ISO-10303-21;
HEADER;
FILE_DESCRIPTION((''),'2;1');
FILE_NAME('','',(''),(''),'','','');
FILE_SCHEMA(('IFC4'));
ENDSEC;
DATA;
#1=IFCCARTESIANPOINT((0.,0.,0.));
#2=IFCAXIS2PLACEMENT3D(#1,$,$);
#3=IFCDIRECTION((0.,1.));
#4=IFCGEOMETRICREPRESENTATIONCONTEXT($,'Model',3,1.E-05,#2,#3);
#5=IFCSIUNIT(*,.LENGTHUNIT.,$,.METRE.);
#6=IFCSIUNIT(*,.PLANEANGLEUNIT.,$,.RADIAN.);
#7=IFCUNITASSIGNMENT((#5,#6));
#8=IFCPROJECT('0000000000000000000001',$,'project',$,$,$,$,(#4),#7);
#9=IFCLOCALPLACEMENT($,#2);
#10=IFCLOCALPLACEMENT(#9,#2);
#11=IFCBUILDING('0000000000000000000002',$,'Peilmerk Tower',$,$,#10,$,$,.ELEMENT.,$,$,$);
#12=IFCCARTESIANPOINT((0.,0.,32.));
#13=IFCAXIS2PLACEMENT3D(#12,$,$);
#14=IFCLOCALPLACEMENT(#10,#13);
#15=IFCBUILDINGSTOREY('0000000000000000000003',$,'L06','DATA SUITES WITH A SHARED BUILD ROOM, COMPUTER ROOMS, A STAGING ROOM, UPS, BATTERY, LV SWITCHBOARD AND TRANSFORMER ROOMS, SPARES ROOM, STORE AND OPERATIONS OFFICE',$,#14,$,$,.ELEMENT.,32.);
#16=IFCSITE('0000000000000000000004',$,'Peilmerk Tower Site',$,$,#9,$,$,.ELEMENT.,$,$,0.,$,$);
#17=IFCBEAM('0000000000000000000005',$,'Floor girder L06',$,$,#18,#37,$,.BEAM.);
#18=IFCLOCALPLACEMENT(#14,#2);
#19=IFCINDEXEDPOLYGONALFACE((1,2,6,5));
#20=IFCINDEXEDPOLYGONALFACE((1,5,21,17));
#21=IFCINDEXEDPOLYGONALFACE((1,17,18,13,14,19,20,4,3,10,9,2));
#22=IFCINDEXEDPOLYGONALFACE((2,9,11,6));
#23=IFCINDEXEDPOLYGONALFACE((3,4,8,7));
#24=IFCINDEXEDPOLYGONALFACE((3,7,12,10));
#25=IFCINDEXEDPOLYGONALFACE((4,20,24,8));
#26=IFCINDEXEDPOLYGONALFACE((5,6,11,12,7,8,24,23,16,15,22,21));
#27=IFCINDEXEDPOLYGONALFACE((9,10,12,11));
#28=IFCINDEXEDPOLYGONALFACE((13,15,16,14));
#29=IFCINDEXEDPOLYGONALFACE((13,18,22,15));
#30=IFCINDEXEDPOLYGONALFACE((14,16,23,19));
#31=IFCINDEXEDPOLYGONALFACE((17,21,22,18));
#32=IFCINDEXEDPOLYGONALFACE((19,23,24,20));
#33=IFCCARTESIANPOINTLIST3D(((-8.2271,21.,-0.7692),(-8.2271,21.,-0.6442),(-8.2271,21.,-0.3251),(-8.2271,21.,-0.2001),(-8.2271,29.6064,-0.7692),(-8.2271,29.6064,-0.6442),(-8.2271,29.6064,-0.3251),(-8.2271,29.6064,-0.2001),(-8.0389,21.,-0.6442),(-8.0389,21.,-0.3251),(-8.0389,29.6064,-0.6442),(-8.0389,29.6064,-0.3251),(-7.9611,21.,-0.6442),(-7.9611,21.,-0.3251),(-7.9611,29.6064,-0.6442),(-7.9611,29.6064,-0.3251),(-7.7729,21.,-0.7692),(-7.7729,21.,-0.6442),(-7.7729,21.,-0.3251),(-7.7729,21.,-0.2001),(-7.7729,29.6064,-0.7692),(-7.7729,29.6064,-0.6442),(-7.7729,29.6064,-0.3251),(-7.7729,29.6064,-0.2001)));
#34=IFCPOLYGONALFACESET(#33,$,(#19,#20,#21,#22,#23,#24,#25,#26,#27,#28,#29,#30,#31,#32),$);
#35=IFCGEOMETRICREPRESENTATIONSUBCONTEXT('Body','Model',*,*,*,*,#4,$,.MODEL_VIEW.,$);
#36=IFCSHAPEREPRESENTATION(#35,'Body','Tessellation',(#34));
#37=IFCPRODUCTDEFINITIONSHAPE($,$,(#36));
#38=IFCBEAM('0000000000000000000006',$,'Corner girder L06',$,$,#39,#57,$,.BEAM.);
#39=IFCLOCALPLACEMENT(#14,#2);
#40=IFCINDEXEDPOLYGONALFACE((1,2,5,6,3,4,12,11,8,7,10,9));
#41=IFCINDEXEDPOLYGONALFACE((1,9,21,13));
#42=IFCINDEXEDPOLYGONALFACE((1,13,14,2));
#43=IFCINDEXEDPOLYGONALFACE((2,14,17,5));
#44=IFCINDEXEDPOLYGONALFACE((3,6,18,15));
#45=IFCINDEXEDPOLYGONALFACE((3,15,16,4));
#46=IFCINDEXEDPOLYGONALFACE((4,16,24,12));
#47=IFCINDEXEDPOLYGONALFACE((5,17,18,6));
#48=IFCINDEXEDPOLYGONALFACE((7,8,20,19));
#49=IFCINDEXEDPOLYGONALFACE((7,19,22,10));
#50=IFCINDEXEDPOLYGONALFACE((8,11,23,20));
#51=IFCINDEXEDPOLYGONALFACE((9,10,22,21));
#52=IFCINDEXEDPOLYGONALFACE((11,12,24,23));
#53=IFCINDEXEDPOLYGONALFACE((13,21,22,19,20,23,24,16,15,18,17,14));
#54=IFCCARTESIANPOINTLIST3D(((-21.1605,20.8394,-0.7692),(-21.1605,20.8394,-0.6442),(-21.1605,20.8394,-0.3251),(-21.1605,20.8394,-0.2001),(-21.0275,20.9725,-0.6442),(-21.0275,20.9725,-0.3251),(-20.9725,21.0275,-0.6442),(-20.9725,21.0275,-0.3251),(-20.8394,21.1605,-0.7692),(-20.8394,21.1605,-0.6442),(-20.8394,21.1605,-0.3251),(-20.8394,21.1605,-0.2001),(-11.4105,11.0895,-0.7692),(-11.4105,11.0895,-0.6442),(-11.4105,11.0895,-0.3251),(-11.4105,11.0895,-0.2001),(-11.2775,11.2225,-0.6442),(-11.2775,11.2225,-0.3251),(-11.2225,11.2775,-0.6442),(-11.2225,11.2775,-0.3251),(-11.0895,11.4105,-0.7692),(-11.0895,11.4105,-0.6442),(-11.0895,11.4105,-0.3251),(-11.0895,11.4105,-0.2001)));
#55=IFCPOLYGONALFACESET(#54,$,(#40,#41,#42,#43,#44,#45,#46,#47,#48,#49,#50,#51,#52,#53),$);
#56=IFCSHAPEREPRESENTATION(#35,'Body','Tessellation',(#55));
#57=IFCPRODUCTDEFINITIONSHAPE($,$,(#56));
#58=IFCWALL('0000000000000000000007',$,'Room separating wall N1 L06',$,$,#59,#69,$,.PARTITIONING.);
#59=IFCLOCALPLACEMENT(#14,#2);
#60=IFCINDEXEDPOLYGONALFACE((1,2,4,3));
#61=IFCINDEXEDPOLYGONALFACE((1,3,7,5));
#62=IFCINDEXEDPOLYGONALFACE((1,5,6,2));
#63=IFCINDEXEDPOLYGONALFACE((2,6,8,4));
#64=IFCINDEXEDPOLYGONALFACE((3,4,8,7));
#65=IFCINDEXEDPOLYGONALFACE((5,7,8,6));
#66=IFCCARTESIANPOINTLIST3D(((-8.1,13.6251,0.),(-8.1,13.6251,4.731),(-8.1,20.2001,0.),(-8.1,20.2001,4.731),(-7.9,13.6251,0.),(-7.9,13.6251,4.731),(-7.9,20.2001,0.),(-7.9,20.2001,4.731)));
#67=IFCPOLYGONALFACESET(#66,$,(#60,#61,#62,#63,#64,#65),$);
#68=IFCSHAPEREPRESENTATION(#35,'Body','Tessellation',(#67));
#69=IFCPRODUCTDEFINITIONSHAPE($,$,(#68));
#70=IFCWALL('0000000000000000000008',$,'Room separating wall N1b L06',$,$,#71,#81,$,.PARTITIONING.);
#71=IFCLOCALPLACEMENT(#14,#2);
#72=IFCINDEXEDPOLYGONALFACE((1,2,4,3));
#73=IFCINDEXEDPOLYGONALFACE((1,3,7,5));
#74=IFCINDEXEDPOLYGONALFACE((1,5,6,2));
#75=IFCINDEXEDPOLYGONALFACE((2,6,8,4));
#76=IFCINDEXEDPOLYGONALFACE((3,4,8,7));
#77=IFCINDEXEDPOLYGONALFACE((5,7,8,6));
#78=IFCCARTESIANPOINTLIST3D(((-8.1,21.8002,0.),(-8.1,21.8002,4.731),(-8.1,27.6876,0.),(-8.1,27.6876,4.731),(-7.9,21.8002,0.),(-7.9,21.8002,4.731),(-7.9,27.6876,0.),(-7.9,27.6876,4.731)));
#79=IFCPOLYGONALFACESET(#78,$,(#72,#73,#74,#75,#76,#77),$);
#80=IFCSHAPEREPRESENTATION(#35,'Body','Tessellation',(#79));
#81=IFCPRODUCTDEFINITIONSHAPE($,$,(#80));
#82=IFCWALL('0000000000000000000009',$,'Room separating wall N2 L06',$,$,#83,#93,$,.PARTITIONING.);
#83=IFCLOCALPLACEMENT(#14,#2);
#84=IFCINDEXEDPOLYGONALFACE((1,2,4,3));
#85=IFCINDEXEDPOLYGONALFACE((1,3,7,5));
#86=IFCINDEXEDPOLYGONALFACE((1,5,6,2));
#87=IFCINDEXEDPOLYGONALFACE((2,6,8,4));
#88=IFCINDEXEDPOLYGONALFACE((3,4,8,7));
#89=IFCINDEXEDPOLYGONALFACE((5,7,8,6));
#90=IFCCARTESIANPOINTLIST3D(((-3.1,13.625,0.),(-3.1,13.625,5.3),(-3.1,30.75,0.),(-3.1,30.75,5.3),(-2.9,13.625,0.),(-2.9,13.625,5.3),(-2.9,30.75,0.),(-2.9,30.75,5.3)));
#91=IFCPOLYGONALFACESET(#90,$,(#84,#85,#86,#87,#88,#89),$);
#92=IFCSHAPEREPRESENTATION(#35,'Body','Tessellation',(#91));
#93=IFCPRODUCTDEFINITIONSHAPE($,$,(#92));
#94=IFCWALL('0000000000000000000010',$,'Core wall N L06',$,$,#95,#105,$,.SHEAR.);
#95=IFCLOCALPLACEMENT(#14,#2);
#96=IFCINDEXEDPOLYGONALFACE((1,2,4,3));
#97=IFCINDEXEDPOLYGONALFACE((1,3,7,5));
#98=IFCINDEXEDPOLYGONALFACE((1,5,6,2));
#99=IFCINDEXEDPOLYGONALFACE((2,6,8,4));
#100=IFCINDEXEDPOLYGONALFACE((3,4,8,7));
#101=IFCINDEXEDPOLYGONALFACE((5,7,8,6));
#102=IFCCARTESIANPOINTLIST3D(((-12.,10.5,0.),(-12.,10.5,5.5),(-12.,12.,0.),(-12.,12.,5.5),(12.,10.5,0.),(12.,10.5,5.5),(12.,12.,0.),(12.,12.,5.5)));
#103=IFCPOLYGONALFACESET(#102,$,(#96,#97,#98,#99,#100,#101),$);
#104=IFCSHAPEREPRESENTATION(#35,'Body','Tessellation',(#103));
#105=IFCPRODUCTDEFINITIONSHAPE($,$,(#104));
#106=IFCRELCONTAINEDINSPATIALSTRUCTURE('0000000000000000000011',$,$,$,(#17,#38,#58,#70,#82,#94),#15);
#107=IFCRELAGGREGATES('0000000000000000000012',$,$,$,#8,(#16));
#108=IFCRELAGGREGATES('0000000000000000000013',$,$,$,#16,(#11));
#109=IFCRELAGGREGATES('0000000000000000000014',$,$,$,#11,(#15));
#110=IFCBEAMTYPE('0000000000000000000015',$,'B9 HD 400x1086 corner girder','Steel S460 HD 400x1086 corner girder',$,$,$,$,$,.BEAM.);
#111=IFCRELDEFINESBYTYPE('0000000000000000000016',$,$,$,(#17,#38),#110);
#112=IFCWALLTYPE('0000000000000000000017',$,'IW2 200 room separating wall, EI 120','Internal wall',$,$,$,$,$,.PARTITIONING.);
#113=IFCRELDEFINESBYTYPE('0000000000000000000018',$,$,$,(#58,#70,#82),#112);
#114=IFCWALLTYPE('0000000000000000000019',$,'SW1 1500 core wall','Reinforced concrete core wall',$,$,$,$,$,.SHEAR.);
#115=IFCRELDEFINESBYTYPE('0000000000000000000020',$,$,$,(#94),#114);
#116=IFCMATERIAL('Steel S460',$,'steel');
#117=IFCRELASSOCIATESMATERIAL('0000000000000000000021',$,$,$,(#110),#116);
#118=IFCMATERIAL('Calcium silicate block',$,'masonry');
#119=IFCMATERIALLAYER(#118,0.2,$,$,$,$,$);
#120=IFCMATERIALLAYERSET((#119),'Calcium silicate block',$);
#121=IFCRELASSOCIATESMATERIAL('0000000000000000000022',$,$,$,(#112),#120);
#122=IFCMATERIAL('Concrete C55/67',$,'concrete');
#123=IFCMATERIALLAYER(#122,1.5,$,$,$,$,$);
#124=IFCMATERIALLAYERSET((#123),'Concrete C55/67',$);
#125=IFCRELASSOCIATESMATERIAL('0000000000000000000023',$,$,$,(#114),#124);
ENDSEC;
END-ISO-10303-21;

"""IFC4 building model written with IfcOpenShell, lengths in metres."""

from ifc_helpers import new_model, si_unit, direction, frame, frame_2d, origin, origin_2d, place, context, subcontext, project, spatial, rectangle, i_section, extrude, material, layer, layer_set, material_profile, profile_set, type_object, element, save


model = new_model("IFC4")

# Units and contexts
model_context = context("Model", 3, precision=1e-05, world=origin(), true_north=direction((0.0, 1.0)))
body_context = subcontext(model_context, "Body", "Model", "MODEL_VIEW")
ifc_project = project(units=[si_unit("LENGTHUNIT", "METRE"), si_unit("PLANEANGLEUNIT", "RADIAN")], contexts=[model_context])

# Site, building, storey
site_placement = place(None, origin())
site = spatial("IfcSite", under=ifc_project, at=site_placement, Name="Peilmerk Tower Site", CompositionType="ELEMENT", RefElevation=0.0)
building_placement = place(site_placement, origin())
building = spatial("IfcBuilding", under=site, at=building_placement, Name="Peilmerk Tower", CompositionType="ELEMENT")
storey_placement = place(building_placement, frame((0.0, 0.0, 32.0)))
storey = spatial("IfcBuildingStorey", under=building, at=storey_placement, Name="L06", Description="DATA SUITES WITH A SHARED BUILD ROOM, COMPUTER ROOMS, A STAGING ROOM, UPS, BATTERY, LV SWITCHBOARD AND TRANSFORMER ROOMS, SPARES ROOM, STORE AND OPERATIONS OFFICE", CompositionType="ELEMENT", Elevation=32.0)

# Beams
ifc_material_1 = material(Name="Steel S460", Category="steel")
ifc_material_profile_1 = material_profile(ifc_material_1, i_section(OverallWidth=0.4541, OverallDepth=0.5691, WebThickness=0.0779, FlangeThickness=0.125, at=origin_2d()), Name="HD 400x1086")
ifc_profile_set_1 = profile_set([ifc_material_profile_1], Name="Steel S460")
beam_type_1 = type_object("IfcBeamType", Name="B9 HD 400x1086 corner girder", Description="Steel S460 HD 400x1086 corner girder", PredefinedType="BEAM", material=ifc_profile_set_1)
beam_1_placement = place(storey_placement, frame((-8.0, 21.0, -0.4846), z_axis=(0.0, 1.0, 0.0), x_axis=(-1.0, 0.0, 0.0)))
element("IfcBeam", 1, at=beam_1_placement, inside=storey, type_object=beam_type_1, Name="Floor girder L06", PredefinedType="BEAM", context=body_context, shape_type="SweptSolid", body=[
    extrude(i_section(OverallWidth=0.4541, OverallDepth=0.5691, WebThickness=0.0779, FlangeThickness=0.125, at=origin_2d()), origin(), (0.0, 0.0, 1.0), 8.6064),
])
beam_2_placement = place(storey_placement, frame((-11.25, 11.25, -0.4846), z_axis=(-0.707107, 0.707107, 0.0), x_axis=(-0.707107, -0.707107, 0.0)))
element("IfcBeam", 2, at=beam_2_placement, inside=storey, type_object=beam_type_1, Name="Corner girder L06", PredefinedType="BEAM", context=body_context, shape_type="SweptSolid", body=[
    extrude(i_section(OverallWidth=0.4541, OverallDepth=0.5691, WebThickness=0.0779, FlangeThickness=0.125, at=origin_2d()), origin(), (0.0, 0.0, 1.0), 13.7886),
])

# Walls
ifc_material_2 = material(Name="Calcium silicate block", Category="masonry")
ifc_layer_1 = layer(ifc_material_2, 0.2)
ifc_layer_set_1 = layer_set([ifc_layer_1], Name="Calcium silicate block")
wall_type_1 = type_object("IfcWallType", Name="IW2 200 room separating wall, EI 120", Description="Internal wall", PredefinedType="PARTITIONING", material=ifc_layer_set_1)
wall_1_placement = place(storey_placement, frame((-8.0, 13.625, 0.0), z_axis=(0.0, 0.0, 1.0), x_axis=(0.0, 1.0, 0.0)))
element("IfcWall", 3, at=wall_1_placement, inside=storey, type_object=wall_type_1, Name="Room separating wall N1 L06", PredefinedType="PARTITIONING", context=body_context, shape_type="SweptSolid", body=[
    extrude(rectangle(XDim=6.575, YDim=0.2, at=frame_2d((3.2876, 0.0))), origin(), (0.0, 0.0, 1.0), 4.731),
])
wall_2_placement = place(storey_placement, frame((-8.0, 21.8, 0.0), z_axis=(0.0, 0.0, 1.0), x_axis=(0.0, 1.0, 0.0)))
element("IfcWall", 4, at=wall_2_placement, inside=storey, type_object=wall_type_1, Name="Room separating wall N1b L06", PredefinedType="PARTITIONING", context=body_context, shape_type="SweptSolid", body=[
    extrude(rectangle(XDim=5.8875, YDim=0.2, at=frame_2d((2.9438, 0.0))), origin(), (0.0, 0.0, 1.0), 4.731),
])
wall_3_placement = place(storey_placement, frame((-3.0, 13.625, 0.0), z_axis=(0.0, 0.0, 1.0), x_axis=(0.0, 1.0, 0.0)))
element("IfcWall", 5, at=wall_3_placement, inside=storey, type_object=wall_type_1, Name="Room separating wall N2 L06", PredefinedType="PARTITIONING", context=body_context, shape_type="SweptSolid", body=[
    extrude(rectangle(XDim=17.125, YDim=0.2, at=frame_2d((8.5625, 0.0))), origin(), (0.0, 0.0, 1.0), 5.3),
])
ifc_material_3 = material(Name="Concrete C55/67", Category="concrete")
ifc_layer_2 = layer(ifc_material_3, 1.5)
ifc_layer_set_2 = layer_set([ifc_layer_2], Name="Concrete C55/67")
wall_type_2 = type_object("IfcWallType", Name="SW1 1500 core wall", Description="Reinforced concrete core wall", PredefinedType="SHEAR", material=ifc_layer_set_2)
wall_4_placement = place(storey_placement, frame((-12.0, 11.25, 0.0), z_axis=(0.0, 0.0, 1.0), x_axis=(1.0, 0.0, 0.0)))
element("IfcWall", 6, at=wall_4_placement, inside=storey, type_object=wall_type_2, Name="Core wall N L06", PredefinedType="SHEAR", context=body_context, shape_type="SweptSolid", body=[
    extrude(rectangle(XDim=24.0, YDim=1.5, at=frame_2d((12.0, 0.0))), origin(), (0.0, 0.0, 1.0), 5.5),
])

save(model, "model.ifc")
